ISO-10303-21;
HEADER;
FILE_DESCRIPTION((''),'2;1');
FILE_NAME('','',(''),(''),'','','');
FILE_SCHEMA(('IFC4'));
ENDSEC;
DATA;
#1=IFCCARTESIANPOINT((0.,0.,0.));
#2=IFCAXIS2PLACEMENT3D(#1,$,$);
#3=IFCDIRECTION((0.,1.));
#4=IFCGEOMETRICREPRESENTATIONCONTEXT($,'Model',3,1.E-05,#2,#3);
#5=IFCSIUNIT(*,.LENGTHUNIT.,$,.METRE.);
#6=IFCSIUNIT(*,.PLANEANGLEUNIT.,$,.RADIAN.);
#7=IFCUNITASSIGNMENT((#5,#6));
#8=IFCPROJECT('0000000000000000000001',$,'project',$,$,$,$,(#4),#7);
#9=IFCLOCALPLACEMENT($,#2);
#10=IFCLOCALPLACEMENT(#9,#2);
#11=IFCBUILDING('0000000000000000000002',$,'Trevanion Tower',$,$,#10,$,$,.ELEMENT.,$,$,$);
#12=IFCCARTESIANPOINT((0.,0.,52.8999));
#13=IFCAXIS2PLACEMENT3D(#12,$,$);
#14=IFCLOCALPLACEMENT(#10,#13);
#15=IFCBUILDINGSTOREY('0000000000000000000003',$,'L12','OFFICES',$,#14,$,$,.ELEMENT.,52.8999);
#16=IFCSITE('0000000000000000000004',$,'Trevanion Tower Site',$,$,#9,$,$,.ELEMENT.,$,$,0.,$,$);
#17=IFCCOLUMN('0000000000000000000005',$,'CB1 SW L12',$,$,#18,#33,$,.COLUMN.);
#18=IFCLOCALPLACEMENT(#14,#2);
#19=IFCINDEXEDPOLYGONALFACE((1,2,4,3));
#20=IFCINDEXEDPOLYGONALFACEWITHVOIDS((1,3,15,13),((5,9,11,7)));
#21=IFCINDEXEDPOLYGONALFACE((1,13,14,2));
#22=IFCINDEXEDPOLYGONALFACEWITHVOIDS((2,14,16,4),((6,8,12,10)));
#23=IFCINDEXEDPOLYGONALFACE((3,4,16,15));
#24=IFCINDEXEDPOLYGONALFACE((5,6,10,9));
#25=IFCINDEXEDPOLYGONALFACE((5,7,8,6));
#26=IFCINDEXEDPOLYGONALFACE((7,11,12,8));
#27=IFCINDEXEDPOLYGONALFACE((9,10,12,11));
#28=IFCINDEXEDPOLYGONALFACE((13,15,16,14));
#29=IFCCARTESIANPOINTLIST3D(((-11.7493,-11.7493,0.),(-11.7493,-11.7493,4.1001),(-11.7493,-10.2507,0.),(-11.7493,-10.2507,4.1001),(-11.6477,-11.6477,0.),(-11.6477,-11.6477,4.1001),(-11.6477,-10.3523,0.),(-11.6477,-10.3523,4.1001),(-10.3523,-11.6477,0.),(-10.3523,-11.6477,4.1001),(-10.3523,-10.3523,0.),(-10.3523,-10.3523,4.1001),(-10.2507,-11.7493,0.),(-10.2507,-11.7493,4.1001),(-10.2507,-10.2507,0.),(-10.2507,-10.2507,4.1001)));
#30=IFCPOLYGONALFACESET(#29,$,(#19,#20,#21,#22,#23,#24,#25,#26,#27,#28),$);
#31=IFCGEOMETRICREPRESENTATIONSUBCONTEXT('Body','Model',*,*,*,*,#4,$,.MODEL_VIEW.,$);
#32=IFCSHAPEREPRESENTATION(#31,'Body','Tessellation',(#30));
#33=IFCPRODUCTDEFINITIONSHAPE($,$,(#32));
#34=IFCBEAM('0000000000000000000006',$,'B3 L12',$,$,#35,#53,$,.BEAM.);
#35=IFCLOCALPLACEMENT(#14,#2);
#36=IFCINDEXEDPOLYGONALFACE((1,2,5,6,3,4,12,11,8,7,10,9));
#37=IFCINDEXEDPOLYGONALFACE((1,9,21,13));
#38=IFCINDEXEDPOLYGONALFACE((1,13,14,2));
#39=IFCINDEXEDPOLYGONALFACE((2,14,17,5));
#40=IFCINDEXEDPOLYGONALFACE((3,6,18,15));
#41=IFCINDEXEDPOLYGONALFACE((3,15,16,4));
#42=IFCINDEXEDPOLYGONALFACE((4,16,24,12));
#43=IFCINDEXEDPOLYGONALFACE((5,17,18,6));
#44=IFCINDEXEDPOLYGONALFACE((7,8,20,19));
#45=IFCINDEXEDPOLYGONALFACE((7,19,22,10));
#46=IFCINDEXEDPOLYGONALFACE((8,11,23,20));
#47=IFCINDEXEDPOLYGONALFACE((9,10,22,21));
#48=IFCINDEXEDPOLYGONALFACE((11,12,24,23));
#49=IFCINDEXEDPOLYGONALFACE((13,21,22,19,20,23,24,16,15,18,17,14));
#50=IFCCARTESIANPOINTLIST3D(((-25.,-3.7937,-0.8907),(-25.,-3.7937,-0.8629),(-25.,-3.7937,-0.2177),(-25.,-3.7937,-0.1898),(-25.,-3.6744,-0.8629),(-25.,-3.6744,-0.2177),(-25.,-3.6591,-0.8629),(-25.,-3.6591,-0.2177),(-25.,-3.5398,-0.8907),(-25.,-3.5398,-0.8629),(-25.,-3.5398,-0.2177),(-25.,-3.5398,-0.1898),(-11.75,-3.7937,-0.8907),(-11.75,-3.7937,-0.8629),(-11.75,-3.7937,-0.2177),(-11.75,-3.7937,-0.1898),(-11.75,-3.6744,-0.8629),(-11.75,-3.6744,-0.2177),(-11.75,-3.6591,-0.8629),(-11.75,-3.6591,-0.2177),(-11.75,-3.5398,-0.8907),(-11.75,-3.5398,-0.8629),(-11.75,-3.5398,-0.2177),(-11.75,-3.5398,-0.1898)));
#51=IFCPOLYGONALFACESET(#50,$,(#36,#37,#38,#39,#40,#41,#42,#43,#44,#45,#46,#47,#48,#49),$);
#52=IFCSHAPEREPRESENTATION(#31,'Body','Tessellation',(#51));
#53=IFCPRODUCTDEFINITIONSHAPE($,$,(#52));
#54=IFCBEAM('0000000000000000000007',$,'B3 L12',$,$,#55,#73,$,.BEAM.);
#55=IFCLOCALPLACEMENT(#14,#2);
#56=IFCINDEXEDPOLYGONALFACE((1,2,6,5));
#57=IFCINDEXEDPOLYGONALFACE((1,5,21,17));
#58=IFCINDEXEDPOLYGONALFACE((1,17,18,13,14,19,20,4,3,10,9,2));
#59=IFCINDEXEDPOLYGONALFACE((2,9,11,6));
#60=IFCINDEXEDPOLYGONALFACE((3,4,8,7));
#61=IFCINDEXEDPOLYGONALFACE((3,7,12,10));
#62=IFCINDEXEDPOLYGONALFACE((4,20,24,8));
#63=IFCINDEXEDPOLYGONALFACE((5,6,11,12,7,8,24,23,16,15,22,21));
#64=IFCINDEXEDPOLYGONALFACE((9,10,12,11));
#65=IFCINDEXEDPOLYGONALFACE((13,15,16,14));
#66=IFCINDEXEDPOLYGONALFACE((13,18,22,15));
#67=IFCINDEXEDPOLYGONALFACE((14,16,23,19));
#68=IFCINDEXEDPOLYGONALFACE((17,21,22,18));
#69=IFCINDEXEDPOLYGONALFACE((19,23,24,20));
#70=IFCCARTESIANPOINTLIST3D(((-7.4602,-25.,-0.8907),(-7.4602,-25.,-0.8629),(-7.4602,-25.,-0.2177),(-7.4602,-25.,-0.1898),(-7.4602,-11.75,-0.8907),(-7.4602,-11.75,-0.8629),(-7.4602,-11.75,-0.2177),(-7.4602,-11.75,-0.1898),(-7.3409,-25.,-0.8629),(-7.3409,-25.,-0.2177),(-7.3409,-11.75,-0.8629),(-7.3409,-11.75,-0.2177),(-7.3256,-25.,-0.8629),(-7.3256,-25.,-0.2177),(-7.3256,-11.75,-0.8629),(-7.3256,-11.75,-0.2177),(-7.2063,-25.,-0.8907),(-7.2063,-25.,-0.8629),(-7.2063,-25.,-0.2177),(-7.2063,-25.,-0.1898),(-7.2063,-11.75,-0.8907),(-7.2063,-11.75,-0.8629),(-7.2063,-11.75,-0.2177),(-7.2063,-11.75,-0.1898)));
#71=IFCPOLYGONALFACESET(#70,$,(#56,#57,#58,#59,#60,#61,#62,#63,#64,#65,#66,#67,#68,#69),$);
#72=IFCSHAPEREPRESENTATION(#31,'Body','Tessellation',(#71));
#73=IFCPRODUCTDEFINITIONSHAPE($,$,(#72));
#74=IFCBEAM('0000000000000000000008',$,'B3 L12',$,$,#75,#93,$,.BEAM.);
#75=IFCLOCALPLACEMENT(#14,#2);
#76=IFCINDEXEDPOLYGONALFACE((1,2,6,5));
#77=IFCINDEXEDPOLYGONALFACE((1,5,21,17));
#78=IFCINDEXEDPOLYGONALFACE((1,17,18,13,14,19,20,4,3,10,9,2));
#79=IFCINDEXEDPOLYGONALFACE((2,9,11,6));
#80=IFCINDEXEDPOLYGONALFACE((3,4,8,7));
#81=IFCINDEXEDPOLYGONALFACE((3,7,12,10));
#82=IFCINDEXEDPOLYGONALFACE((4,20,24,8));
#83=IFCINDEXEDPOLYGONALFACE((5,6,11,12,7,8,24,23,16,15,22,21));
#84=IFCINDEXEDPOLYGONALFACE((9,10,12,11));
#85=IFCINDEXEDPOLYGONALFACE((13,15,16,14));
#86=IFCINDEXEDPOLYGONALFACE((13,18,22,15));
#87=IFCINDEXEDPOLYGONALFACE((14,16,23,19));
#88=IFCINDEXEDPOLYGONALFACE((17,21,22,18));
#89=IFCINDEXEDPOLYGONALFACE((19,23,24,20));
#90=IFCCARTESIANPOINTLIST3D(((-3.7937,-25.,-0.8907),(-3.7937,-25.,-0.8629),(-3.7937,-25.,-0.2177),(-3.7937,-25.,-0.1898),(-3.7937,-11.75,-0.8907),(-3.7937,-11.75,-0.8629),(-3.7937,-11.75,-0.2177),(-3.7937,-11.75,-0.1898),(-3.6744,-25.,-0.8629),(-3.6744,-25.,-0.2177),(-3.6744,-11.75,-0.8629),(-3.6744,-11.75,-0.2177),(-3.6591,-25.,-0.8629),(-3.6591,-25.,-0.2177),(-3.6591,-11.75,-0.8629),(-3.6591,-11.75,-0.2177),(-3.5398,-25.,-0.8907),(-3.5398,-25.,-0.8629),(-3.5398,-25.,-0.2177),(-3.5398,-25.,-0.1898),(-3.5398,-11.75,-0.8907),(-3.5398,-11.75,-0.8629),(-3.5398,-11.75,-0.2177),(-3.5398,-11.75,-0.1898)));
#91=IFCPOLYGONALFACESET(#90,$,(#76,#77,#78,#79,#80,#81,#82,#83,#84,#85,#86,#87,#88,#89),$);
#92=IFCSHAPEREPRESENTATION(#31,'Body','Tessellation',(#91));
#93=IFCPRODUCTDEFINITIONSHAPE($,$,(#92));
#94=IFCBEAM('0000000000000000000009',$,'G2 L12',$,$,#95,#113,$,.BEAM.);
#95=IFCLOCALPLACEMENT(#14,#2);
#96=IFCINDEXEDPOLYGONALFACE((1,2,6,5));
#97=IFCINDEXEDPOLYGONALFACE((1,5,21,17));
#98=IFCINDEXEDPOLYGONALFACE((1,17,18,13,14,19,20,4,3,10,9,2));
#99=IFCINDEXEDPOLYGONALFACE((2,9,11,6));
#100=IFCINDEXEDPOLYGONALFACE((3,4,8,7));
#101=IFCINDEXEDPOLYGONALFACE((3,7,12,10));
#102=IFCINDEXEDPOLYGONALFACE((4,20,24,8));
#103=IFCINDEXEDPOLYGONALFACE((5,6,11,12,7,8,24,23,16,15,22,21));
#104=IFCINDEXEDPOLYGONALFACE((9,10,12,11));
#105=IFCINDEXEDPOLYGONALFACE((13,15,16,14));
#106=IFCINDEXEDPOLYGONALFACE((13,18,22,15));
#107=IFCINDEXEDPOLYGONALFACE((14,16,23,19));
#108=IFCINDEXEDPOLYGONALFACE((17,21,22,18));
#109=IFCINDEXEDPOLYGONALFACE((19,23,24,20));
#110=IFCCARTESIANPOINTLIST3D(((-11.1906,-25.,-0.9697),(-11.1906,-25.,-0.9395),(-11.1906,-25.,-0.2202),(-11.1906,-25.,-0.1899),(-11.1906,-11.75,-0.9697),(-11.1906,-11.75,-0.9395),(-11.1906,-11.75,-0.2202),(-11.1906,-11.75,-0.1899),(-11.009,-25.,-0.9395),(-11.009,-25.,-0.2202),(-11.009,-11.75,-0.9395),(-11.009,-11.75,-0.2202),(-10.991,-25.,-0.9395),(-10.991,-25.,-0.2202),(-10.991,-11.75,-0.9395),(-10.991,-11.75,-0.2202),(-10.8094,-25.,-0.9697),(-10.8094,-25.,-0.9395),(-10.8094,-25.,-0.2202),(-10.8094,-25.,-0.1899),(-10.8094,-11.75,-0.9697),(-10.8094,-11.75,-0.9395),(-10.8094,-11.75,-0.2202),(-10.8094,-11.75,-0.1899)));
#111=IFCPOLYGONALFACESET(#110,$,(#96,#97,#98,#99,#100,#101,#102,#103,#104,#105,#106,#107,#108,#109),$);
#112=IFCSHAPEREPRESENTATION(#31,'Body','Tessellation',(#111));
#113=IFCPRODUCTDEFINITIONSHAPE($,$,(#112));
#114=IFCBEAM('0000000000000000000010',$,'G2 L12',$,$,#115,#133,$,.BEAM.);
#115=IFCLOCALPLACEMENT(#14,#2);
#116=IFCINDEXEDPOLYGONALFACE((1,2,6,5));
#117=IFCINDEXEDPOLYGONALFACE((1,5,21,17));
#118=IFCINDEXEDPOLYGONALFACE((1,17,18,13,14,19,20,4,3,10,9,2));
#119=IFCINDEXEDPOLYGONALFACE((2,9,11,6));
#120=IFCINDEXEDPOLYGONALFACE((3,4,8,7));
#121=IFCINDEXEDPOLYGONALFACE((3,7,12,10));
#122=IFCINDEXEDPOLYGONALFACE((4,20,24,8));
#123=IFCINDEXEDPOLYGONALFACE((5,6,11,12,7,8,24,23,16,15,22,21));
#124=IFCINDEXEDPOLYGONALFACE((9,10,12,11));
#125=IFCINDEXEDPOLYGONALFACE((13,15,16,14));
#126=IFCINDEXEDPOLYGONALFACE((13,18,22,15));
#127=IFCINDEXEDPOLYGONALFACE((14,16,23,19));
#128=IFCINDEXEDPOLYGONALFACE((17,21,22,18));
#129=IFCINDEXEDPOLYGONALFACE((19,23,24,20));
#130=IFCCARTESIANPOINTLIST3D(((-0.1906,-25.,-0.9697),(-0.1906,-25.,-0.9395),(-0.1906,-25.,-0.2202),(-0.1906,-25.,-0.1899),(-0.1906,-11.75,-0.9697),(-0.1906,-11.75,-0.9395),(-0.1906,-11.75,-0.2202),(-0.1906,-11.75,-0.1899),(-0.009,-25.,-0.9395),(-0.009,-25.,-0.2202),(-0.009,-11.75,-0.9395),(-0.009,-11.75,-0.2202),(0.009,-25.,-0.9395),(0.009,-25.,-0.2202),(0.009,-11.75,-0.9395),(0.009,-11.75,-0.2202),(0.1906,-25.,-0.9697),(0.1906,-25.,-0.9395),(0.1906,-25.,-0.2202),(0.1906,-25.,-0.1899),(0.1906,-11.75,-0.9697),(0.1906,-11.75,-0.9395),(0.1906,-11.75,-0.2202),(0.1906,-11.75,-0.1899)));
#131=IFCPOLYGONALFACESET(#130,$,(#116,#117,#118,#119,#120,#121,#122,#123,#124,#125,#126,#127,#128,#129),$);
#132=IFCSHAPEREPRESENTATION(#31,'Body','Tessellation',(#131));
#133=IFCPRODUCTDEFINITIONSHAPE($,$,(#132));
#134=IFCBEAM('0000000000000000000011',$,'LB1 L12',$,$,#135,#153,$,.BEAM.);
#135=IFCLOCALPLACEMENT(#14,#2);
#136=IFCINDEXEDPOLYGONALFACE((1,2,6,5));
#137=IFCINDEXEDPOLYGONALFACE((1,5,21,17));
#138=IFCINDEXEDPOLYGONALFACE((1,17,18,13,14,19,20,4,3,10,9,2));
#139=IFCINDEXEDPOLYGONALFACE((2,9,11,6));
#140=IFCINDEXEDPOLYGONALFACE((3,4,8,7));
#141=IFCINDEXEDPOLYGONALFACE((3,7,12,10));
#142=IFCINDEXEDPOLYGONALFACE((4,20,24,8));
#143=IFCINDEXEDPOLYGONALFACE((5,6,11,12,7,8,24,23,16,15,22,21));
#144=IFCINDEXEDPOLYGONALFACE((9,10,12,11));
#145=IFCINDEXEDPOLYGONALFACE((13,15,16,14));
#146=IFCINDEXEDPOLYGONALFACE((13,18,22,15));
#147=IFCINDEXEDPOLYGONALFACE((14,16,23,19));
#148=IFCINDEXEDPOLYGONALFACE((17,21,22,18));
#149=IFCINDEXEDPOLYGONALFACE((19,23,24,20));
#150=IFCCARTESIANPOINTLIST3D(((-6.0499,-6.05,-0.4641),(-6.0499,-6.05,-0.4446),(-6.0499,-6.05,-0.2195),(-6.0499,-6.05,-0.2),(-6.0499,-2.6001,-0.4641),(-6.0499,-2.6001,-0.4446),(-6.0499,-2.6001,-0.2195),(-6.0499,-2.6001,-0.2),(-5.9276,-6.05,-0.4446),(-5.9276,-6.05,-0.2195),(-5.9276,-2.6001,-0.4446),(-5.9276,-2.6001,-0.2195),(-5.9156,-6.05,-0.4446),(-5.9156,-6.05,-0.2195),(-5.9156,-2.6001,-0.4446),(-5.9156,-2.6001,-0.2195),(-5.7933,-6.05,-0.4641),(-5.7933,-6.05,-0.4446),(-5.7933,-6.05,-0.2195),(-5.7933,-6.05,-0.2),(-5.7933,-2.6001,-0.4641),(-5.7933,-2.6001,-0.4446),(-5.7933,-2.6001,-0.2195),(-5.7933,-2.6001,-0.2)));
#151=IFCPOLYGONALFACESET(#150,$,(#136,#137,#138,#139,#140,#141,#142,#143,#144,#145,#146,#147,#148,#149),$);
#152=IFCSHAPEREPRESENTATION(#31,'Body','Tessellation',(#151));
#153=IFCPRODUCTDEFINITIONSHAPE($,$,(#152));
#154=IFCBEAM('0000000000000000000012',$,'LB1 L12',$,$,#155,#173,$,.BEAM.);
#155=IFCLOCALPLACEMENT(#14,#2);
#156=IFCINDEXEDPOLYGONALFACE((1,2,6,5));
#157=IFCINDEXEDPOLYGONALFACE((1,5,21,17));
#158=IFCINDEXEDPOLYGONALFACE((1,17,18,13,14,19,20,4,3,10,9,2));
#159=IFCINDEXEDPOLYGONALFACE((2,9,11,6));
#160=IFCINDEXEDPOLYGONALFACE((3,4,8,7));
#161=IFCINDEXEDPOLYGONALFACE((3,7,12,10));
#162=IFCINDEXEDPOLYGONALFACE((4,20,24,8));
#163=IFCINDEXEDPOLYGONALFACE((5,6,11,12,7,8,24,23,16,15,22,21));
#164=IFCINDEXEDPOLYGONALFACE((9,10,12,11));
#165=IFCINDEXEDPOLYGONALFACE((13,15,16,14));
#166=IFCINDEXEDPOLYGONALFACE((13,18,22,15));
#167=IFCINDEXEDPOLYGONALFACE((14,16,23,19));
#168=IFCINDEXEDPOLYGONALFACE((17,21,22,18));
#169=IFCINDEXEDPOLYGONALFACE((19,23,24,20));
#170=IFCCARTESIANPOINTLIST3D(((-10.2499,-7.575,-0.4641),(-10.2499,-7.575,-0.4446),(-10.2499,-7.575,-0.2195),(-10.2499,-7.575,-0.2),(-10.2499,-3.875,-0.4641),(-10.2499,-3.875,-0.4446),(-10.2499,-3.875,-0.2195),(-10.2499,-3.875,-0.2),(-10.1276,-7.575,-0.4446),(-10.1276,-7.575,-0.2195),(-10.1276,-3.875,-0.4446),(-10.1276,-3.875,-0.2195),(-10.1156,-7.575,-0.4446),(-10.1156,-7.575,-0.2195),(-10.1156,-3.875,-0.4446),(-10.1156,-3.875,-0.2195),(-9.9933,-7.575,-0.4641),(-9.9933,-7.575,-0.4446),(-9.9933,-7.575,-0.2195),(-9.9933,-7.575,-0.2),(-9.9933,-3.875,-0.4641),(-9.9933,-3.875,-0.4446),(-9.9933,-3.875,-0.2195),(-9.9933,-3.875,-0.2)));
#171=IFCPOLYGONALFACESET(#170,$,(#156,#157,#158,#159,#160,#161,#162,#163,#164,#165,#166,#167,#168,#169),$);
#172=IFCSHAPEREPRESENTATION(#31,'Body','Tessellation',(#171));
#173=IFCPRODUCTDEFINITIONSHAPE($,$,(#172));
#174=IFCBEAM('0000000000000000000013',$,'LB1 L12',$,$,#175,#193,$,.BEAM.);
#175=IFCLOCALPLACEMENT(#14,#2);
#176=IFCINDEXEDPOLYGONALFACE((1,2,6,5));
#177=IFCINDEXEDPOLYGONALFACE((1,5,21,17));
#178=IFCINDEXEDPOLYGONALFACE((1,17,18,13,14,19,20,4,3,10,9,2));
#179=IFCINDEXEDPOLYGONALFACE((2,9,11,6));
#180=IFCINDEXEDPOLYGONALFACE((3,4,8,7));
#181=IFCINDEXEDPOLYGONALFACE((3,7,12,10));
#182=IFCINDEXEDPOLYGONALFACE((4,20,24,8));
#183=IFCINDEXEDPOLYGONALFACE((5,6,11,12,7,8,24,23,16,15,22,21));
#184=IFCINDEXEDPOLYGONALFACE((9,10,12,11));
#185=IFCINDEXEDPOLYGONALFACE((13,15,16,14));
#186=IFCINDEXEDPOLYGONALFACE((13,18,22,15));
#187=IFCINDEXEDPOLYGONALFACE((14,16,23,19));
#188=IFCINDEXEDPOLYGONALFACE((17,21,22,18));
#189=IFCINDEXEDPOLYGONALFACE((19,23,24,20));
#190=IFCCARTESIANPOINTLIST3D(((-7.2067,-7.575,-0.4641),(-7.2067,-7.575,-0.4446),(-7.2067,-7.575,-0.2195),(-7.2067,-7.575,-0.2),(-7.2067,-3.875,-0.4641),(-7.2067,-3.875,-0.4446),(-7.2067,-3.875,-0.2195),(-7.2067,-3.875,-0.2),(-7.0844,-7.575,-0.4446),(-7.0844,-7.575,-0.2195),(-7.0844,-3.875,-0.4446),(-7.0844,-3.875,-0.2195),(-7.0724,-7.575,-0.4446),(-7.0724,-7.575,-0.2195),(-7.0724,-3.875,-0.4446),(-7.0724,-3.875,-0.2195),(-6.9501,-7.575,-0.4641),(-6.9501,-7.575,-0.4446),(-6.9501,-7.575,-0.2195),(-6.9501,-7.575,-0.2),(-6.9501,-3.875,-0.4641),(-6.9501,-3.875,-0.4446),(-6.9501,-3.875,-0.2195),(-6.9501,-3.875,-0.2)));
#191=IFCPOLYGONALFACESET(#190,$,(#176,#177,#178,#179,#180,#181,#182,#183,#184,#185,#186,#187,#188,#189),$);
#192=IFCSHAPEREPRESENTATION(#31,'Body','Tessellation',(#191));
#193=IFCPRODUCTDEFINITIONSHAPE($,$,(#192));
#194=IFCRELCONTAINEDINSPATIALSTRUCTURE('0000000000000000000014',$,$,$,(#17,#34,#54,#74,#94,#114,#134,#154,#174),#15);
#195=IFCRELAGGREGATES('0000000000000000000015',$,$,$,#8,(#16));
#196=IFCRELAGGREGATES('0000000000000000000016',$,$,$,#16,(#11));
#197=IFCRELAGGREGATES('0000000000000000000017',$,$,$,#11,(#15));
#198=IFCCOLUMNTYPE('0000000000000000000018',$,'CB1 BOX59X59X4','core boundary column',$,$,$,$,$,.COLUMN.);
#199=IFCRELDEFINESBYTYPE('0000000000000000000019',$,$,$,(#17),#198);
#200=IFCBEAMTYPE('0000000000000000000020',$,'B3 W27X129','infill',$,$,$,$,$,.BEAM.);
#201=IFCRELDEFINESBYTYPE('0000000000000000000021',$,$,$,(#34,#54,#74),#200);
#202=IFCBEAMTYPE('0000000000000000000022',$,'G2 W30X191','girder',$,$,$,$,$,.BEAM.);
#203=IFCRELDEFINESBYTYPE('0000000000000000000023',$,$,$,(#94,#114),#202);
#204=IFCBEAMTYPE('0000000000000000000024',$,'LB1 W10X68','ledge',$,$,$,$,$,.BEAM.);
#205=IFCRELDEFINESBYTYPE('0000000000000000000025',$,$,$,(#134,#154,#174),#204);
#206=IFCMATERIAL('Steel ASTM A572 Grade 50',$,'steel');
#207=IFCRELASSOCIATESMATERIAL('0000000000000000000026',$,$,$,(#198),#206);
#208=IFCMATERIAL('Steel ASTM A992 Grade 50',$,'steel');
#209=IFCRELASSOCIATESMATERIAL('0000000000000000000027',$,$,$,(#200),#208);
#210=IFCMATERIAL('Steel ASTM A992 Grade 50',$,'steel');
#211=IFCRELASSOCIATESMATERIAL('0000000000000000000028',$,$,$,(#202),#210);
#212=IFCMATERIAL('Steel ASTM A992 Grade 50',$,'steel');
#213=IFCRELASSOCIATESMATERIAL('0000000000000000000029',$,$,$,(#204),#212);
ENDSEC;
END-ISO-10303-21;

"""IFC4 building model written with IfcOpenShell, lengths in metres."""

from ifc_helpers import new_model, si_unit, direction, frame, origin, origin_2d, place, context, subcontext, project, spatial, hollow_rectangle, i_section, extrude, material, material_profile, profile_set, type_object, element, save


model = new_model("IFC4")

# Units and contexts
model_context = context("Model", 3, precision=1e-05, world=origin(), true_north=direction((0.0, 1.0)))
body_context = subcontext(model_context, "Body", "Model", "MODEL_VIEW")
ifc_project = project(units=[si_unit("LENGTHUNIT", "METRE"), si_unit("PLANEANGLEUNIT", "RADIAN")], contexts=[model_context])

# Site, building, storey
site_placement = place(None, origin())
site = spatial("IfcSite", under=ifc_project, at=site_placement, Name="Trevanion Tower Site", CompositionType="ELEMENT", RefElevation=0.0)
building_placement = place(site_placement, origin())
building = spatial("IfcBuilding", under=site, at=building_placement, Name="Trevanion Tower", CompositionType="ELEMENT")
storey_placement = place(building_placement, frame((0.0, 0.0, 52.8999)))
storey = spatial("IfcBuildingStorey", under=building, at=storey_placement, Name="L12", Description="OFFICES", CompositionType="ELEMENT", Elevation=52.8999)

# Column
ifc_material_1 = material(Name="Steel ASTM A572 Grade 50", Category="steel")
ifc_material_profile_1 = material_profile(ifc_material_1, hollow_rectangle(XDim=1.4985, YDim=1.4985, WallThickness=0.1016, at=origin_2d()), Name="BOX59X59X4")
ifc_profile_set_1 = profile_set([ifc_material_profile_1], Name="Steel ASTM A572 Grade 50")
column_type = type_object("IfcColumnType", Name="CB1 BOX59X59X4", Description="core boundary column", PredefinedType="COLUMN", material=ifc_profile_set_1)
column_placement = place(storey_placement, frame((-11.0, -11.0, 0.0), z_axis=(0.0, 0.0, 1.0), x_axis=(1.0, 0.0, 0.0)))
element("IfcColumn", 1, at=column_placement, inside=storey, type_object=column_type, Name="CB1 SW L12", PredefinedType="COLUMN", context=body_context, shape_type="SweptSolid", body=[
    extrude(hollow_rectangle(XDim=1.4985, YDim=1.4985, WallThickness=0.1016, at=origin_2d()), origin(), (0.0, 0.0, 1.0), 4.1001),
])

# Beams
ifc_material_2 = material(Name="Steel ASTM A992 Grade 50", Category="steel")
ifc_material_profile_2 = material_profile(ifc_material_2, i_section(OverallWidth=0.2539, OverallDepth=0.7009, WebThickness=0.0154, FlangeThickness=0.0278, at=origin_2d()), Name="W27X129")
ifc_profile_set_2 = profile_set([ifc_material_profile_2], Name="Steel ASTM A992 Grade 50")
beam_type_1 = type_object("IfcBeamType", Name="B3 W27X129", Description="infill", PredefinedType="BEAM", material=ifc_profile_set_2)
for number, where, z_axis, x_axis, name in (
    (2, (-11.75, -3.6667, -0.5403), (-1.0, 0.0, 0.0), (0.0, -1.0, 0.0), "B3 L12"),
    (3, (-7.3333, -11.75, -0.5403), (0.0, -1.0, 0.0), (1.0, 0.0, 0.0), "B3 L12"),
    (4, (-3.6667, -11.75, -0.5403), (0.0, -1.0, 0.0), (1.0, 0.0, 0.0), "B3 L12"),
):
    element("IfcBeam", number, at=place(storey_placement, frame(where, z_axis=z_axis, x_axis=x_axis)), inside=storey, type_object=beam_type_1, Name=name, PredefinedType="BEAM", context=body_context, shape_type="SweptSolid", body=[
        extrude(i_section(OverallWidth=0.2539, OverallDepth=0.7009, WebThickness=0.0154, FlangeThickness=0.0278, at=origin_2d()), origin(), (0.0, 0.0, 1.0), 13.25),
    ])
ifc_material_3 = material(Name="Steel ASTM A992 Grade 50", Category="steel")
ifc_material_profile_3 = material_profile(ifc_material_3, i_section(OverallWidth=0.3811, OverallDepth=0.7798, WebThickness=0.0181, FlangeThickness=0.0303, at=origin_2d()), Name="W30X191")
ifc_profile_set_3 = profile_set([ifc_material_profile_3], Name="Steel ASTM A992 Grade 50")
beam_type_2 = type_object("IfcBeamType", Name="G2 W30X191", Description="girder", PredefinedType="BEAM", material=ifc_profile_set_3)
for number, where, z_axis, x_axis, name in (
    (5, (-11.0, -11.75, -0.5798), (0.0, -1.0, 0.0), (1.0, 0.0, 0.0), "G2 L12"),
    (6, (0.0, -11.75, -0.5798), (0.0, -1.0, 0.0), (1.0, 0.0, 0.0), "G2 L12"),
):
    element("IfcBeam", number, at=place(storey_placement, frame(where, z_axis=z_axis, x_axis=x_axis)), inside=storey, type_object=beam_type_2, Name=name, PredefinedType="BEAM", context=body_context, shape_type="SweptSolid", body=[
        extrude(i_section(OverallWidth=0.3811, OverallDepth=0.7798, WebThickness=0.0181, FlangeThickness=0.0303, at=origin_2d()), origin(), (0.0, 0.0, 1.0), 13.25),
    ])
ifc_material_4 = material(Name="Steel ASTM A992 Grade 50", Category="steel")
ifc_material_profile_4 = material_profile(ifc_material_4, i_section(OverallWidth=0.2566, OverallDepth=0.2642, WebThickness=0.012, FlangeThickness=0.0195, at=origin_2d()), Name="W10X68")
ifc_profile_set_4 = profile_set([ifc_material_profile_4], Name="Steel ASTM A992 Grade 50")
beam_type_3 = type_object("IfcBeamType", Name="LB1 W10X68", Description="ledge", PredefinedType="BEAM", material=ifc_profile_set_4)
beam_1_placement = place(storey_placement, frame((-5.9216, -6.05, -0.332), z_axis=(0.0, 1.0, 0.0), x_axis=(-1.0, 0.0, 0.0)))
element("IfcBeam", 7, at=beam_1_placement, inside=storey, type_object=beam_type_3, Name="LB1 L12", PredefinedType="BEAM", context=body_context, shape_type="SweptSolid", body=[
    extrude(i_section(OverallWidth=0.2566, OverallDepth=0.2642, WebThickness=0.012, FlangeThickness=0.0195, at=origin_2d()), origin(), (0.0, 0.0, 1.0), 3.45),
])
for number, where, z_axis, x_axis, name in (
    (8, (-10.1216, -7.575, -0.332), (0.0, 1.0, 0.0), (-1.0, 0.0, 0.0), "LB1 L12"),
    (9, (-7.0784, -7.575, -0.332), (0.0, 1.0, 0.0), (-1.0, 0.0, 0.0), "LB1 L12"),
):
    element("IfcBeam", number, at=place(storey_placement, frame(where, z_axis=z_axis, x_axis=x_axis)), inside=storey, type_object=beam_type_3, Name=name, PredefinedType="BEAM", context=body_context, shape_type="SweptSolid", body=[
        extrude(i_section(OverallWidth=0.2566, OverallDepth=0.2642, WebThickness=0.012, FlangeThickness=0.0195, at=origin_2d()), origin(), (0.0, 0.0, 1.0), 3.7),
    ])

save(model, "model.ifc")
